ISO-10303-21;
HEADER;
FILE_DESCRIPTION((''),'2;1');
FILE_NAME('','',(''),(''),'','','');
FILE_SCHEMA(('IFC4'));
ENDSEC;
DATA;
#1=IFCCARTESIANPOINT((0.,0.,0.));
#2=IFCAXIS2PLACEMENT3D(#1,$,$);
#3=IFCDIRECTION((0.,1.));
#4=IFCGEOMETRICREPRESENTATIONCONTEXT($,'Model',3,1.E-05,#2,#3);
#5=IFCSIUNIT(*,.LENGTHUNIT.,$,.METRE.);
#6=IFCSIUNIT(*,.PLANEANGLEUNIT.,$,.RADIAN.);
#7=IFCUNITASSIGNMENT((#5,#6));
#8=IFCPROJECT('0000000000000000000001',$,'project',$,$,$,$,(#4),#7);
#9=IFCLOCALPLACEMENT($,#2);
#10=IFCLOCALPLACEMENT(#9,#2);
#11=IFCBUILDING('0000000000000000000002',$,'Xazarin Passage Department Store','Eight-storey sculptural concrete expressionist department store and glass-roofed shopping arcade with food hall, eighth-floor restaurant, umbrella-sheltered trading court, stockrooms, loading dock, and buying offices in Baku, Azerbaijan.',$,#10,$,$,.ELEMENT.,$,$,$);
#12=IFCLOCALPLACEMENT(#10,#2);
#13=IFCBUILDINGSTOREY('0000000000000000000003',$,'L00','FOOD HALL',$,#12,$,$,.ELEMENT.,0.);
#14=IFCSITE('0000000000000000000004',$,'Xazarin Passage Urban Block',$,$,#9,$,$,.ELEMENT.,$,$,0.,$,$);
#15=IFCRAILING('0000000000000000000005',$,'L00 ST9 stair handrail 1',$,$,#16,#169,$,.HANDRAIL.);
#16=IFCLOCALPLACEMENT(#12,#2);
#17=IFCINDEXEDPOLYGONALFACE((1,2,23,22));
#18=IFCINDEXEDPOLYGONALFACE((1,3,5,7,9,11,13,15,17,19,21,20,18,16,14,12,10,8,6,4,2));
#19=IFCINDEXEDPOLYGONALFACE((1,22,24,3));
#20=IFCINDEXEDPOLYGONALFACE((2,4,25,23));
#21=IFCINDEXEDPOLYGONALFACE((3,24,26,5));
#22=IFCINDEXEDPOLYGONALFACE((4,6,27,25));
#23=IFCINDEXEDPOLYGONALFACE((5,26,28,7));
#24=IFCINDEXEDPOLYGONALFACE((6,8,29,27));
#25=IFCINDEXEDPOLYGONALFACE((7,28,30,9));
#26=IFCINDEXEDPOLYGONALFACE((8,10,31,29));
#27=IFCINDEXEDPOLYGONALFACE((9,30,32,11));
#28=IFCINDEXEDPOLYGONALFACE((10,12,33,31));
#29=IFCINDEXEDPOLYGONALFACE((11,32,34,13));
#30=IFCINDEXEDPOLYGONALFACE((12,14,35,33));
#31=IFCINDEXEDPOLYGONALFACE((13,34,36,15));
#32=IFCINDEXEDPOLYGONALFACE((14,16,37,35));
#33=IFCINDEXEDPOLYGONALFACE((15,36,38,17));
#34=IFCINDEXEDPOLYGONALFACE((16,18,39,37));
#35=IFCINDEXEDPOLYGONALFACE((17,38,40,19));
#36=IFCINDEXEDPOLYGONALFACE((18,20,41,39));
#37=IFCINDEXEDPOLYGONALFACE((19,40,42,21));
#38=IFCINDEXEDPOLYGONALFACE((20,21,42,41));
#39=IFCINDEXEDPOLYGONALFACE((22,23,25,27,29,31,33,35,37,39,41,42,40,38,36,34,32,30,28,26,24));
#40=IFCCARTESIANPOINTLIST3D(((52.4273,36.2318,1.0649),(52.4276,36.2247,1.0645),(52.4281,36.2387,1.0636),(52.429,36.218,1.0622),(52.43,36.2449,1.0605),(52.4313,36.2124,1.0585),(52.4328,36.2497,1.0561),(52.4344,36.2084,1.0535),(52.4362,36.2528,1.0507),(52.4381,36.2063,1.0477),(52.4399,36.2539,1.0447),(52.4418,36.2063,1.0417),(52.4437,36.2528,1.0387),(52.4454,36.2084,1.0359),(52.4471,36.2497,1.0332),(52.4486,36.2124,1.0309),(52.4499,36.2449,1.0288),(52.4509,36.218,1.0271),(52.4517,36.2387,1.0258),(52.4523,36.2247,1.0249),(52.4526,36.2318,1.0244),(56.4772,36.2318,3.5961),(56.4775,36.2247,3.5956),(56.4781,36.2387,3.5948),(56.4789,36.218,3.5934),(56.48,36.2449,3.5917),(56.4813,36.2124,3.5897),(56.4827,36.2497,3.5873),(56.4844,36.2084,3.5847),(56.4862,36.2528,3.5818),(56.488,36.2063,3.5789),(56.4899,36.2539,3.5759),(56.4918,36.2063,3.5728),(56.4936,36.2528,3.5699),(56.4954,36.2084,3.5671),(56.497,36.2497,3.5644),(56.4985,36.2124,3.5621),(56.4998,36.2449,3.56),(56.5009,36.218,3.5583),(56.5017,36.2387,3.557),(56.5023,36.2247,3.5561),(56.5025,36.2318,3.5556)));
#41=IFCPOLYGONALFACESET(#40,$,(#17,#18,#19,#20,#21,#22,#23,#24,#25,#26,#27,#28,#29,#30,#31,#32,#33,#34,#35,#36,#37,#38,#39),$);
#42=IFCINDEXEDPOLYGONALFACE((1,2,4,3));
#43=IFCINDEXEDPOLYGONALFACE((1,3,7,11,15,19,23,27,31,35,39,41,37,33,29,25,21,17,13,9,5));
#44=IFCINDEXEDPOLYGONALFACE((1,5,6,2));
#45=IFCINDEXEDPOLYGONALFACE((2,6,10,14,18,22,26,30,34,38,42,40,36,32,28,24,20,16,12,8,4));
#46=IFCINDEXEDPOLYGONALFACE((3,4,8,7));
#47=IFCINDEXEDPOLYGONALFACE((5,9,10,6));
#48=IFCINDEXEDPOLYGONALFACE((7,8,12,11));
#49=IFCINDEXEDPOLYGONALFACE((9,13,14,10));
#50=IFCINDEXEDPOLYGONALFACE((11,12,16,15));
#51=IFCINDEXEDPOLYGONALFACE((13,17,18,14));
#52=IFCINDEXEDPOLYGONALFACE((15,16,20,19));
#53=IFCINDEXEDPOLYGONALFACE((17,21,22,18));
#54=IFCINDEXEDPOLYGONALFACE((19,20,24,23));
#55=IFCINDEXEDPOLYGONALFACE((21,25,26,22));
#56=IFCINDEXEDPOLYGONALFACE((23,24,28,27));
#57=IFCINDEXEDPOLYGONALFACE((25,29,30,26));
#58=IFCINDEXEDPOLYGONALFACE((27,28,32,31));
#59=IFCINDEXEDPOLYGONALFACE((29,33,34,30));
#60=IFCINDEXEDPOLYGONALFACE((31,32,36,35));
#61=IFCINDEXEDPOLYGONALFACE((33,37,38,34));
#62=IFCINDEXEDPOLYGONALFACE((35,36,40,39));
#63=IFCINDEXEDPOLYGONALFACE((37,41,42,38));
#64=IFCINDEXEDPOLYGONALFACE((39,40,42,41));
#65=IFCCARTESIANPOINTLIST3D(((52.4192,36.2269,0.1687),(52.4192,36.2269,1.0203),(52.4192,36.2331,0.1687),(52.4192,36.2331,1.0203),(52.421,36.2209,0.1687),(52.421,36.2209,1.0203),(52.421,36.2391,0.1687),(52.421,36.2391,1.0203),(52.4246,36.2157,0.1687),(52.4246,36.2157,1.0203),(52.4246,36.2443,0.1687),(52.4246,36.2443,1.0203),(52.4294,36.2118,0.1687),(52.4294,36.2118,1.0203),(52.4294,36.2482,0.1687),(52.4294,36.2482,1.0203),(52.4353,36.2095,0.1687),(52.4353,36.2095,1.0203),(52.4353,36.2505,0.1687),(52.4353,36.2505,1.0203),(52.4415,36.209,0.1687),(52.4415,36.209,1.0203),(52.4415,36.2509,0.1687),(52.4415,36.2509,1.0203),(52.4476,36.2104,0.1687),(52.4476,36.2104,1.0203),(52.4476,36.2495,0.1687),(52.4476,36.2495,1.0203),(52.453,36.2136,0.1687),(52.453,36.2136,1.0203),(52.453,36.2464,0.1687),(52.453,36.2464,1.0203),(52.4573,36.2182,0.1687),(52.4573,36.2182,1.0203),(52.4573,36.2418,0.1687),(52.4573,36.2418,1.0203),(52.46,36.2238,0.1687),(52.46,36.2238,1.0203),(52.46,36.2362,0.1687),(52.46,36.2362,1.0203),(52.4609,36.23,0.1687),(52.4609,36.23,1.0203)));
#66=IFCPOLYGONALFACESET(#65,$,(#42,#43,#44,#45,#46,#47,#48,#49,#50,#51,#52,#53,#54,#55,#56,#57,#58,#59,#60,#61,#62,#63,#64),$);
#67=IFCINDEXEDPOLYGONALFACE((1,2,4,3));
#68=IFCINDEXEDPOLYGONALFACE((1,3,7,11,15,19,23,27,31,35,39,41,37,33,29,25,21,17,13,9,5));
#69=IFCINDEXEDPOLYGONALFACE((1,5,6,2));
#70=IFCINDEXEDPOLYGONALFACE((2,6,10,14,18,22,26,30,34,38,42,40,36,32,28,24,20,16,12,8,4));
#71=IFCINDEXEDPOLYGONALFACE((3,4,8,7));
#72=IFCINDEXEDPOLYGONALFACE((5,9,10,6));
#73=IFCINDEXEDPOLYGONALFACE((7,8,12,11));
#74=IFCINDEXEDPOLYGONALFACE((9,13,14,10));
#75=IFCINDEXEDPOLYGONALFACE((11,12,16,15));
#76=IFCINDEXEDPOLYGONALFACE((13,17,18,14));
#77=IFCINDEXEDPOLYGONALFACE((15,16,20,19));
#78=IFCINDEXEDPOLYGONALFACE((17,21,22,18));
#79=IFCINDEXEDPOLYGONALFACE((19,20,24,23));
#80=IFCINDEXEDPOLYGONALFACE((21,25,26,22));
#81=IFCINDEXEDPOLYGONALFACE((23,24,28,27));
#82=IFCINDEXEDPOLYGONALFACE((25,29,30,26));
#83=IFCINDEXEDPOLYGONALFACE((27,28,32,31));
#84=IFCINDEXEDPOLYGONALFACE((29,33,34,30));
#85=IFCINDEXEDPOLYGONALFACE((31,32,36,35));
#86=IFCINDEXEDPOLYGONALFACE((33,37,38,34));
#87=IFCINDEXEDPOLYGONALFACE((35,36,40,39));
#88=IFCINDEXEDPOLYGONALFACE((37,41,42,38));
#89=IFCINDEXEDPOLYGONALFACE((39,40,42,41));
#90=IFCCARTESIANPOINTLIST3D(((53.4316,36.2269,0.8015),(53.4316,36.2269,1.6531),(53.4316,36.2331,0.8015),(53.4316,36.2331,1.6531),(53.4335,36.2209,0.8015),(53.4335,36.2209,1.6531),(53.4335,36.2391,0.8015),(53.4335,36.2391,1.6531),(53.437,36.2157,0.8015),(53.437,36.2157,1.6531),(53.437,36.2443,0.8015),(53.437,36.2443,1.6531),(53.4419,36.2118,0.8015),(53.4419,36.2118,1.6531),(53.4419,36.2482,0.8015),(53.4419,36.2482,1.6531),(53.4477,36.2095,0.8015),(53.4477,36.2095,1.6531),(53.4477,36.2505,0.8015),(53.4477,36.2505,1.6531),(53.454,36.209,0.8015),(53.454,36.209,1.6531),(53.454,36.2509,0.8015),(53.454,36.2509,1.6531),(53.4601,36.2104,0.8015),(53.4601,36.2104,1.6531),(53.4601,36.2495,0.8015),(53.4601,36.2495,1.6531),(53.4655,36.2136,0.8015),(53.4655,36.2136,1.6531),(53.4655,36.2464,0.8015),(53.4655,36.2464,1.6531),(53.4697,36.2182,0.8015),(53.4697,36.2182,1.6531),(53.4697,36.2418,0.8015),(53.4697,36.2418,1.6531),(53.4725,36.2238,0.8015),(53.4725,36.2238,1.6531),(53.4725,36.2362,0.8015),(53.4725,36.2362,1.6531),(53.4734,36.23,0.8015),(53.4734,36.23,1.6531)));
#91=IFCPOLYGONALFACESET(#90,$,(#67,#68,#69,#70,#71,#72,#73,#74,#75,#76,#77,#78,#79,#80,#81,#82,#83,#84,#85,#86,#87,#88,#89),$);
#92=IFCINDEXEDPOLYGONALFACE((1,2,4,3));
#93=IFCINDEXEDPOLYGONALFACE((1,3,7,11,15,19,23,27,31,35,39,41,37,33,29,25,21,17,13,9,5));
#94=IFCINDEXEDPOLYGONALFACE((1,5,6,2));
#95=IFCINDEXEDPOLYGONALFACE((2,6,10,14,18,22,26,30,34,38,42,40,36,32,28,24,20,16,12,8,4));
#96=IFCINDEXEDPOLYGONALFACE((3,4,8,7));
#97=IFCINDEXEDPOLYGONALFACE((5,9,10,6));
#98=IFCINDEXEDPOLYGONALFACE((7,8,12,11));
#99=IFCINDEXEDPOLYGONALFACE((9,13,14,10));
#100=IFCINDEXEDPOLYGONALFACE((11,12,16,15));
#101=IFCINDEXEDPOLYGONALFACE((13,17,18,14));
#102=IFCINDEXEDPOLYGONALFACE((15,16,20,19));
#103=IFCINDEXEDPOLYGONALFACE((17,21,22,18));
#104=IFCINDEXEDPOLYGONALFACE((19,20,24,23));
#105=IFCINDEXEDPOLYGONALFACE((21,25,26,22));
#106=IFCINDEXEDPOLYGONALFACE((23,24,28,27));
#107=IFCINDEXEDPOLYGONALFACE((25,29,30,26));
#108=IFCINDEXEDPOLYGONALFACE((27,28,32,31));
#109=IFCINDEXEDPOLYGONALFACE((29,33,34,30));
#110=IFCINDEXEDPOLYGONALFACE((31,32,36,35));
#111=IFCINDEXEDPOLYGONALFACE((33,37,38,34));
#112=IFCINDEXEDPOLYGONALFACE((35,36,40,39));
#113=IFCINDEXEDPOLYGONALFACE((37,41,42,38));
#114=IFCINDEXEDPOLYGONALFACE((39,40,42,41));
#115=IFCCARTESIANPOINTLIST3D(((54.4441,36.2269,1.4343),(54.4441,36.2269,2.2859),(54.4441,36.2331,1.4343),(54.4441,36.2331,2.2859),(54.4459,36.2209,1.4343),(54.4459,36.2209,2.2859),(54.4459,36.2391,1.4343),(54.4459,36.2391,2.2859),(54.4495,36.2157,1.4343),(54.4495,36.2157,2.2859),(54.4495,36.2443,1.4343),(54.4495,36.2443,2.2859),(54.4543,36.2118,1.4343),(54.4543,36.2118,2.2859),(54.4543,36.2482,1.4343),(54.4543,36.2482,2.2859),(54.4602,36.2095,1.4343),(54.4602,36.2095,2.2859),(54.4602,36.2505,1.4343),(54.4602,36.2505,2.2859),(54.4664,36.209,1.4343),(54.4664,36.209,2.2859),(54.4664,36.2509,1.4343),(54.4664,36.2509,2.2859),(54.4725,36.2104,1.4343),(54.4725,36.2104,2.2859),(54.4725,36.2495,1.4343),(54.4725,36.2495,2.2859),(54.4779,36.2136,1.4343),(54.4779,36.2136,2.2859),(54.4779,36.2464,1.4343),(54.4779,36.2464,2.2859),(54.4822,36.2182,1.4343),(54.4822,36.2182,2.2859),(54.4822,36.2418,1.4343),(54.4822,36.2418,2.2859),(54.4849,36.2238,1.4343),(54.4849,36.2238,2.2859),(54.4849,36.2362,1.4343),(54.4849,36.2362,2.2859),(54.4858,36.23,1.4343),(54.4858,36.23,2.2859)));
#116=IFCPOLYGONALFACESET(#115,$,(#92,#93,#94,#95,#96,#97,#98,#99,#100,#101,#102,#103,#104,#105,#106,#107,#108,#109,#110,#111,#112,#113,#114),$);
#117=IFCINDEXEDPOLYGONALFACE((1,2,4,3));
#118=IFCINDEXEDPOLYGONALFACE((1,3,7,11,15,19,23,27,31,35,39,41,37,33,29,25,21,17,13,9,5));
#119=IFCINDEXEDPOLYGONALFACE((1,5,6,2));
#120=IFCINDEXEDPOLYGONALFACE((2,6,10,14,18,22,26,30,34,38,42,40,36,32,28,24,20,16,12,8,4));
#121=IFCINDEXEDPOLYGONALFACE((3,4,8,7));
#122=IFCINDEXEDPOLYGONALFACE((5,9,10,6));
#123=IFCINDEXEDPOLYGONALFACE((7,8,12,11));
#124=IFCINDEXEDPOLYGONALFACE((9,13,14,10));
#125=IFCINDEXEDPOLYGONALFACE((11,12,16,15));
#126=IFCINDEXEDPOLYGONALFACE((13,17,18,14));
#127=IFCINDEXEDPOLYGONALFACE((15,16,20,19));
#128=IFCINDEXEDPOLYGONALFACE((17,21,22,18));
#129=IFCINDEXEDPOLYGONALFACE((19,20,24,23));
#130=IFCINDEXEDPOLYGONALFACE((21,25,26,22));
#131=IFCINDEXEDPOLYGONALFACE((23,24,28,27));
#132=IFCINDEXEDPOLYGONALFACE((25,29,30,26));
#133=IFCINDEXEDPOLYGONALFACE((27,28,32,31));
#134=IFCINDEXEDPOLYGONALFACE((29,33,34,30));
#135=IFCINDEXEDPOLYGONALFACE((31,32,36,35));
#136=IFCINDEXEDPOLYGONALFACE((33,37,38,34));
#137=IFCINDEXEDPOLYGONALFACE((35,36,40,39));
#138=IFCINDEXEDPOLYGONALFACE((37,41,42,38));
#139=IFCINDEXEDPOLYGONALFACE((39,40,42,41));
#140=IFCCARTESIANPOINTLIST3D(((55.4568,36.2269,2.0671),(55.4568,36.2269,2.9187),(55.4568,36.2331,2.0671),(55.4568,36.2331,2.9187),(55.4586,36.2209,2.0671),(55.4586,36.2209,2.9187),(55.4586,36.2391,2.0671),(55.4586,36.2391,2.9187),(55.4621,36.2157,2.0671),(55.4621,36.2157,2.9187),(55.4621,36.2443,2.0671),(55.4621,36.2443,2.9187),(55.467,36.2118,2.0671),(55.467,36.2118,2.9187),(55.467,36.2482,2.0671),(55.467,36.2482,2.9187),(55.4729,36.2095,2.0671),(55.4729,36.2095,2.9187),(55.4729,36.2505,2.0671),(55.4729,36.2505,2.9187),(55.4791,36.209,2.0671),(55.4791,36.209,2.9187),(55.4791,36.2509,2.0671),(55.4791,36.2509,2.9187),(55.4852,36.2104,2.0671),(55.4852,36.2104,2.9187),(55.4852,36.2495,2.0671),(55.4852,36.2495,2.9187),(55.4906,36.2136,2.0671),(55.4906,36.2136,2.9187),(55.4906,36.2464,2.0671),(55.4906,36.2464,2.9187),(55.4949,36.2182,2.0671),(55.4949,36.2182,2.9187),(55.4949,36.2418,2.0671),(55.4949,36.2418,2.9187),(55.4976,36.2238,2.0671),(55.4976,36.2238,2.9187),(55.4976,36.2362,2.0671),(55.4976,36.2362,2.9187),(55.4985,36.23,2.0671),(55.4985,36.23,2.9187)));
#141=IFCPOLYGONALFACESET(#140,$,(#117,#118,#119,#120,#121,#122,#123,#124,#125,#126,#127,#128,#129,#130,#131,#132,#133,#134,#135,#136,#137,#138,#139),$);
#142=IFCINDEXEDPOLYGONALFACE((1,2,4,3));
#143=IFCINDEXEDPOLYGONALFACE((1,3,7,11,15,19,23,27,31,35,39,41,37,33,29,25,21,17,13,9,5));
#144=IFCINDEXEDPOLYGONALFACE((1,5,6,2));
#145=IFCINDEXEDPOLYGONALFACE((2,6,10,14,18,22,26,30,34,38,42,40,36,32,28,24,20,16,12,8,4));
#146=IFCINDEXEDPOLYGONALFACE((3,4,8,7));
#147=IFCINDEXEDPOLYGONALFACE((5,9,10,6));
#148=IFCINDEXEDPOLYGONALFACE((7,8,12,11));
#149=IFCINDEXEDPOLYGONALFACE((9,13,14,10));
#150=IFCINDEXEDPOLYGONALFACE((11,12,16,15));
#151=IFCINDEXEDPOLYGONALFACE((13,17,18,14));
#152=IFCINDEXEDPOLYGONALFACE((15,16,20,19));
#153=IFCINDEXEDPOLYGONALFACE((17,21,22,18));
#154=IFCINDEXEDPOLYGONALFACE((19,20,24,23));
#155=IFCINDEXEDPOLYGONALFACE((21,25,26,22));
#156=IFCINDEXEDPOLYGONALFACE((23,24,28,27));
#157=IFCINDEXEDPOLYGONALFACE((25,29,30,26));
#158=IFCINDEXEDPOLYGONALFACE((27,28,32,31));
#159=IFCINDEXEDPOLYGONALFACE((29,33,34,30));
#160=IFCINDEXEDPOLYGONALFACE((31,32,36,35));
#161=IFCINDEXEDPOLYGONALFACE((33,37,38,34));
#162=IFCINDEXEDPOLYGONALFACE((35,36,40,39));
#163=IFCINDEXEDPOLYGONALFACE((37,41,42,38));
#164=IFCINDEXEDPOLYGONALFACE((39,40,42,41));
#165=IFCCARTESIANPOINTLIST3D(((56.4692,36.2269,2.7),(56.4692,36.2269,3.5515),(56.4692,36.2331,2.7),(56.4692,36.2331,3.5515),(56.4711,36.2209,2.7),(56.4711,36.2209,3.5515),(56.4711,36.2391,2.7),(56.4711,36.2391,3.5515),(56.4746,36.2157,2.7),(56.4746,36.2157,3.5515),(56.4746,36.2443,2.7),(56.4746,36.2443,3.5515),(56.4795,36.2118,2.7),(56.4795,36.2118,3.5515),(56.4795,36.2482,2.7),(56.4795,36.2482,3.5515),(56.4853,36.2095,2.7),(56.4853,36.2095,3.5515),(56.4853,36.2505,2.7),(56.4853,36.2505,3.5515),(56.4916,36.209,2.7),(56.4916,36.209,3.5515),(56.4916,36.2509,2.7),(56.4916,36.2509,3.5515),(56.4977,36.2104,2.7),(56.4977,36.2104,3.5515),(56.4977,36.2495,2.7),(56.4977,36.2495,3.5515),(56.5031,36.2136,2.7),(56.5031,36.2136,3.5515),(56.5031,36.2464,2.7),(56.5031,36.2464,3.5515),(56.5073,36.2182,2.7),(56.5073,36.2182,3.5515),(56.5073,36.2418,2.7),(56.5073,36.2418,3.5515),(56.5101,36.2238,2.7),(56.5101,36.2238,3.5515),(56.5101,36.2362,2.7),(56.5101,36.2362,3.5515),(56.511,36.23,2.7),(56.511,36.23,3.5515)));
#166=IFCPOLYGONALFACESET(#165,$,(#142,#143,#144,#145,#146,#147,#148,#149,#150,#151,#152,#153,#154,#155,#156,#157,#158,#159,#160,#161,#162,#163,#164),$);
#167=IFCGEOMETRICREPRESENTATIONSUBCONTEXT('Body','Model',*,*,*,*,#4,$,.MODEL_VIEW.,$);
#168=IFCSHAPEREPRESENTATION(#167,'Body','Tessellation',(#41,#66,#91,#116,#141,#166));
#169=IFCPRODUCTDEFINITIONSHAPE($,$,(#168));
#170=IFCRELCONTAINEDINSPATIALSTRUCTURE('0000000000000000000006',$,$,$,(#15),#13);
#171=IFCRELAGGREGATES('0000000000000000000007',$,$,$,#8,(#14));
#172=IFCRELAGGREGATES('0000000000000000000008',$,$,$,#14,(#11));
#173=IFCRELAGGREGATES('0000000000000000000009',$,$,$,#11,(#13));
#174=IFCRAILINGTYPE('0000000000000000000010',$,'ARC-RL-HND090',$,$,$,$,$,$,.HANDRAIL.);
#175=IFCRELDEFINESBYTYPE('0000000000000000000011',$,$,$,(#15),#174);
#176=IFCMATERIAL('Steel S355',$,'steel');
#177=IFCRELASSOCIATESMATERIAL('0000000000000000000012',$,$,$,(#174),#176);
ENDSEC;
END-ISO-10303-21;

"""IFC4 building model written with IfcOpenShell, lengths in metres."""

from ifc_helpers import new_model, si_unit, direction, frame, origin, origin_2d, place, context, subcontext, project, spatial, circle, extrude, material, type_object, element, save


model = new_model("IFC4")

# Units and contexts
model_context = context("Model", 3, precision=1e-05, world=origin(), true_north=direction((0.0, 1.0)))
body_context = subcontext(model_context, "Body", "Model", "MODEL_VIEW")
ifc_project = project(units=[si_unit("LENGTHUNIT", "METRE"), si_unit("PLANEANGLEUNIT", "RADIAN")], contexts=[model_context])

# Site, building, storey
site_placement = place(None, origin())
site = spatial("IfcSite", under=ifc_project, at=site_placement, Name="Xazarin Passage Urban Block", CompositionType="ELEMENT", RefElevation=0.0)
building_placement = place(site_placement, origin())
building = spatial("IfcBuilding", under=site, at=building_placement, Name="Xazarin Passage Department Store", Description="Eight-storey sculptural concrete expressionist department store and glass-roofed shopping arcade with food hall, eighth-floor restaurant, umbrella-sheltered trading court, stockrooms, loading dock, and buying offices in Baku, Azerbaijan.", CompositionType="ELEMENT")
storey_placement = place(building_placement, origin())
storey = spatial("IfcBuildingStorey", under=building, at=storey_placement, Name="L00", Description="FOOD HALL", CompositionType="ELEMENT", Elevation=0.0)

# Shared definitions
ifc_material_1 = material(Name="Steel S355", Category="steel")

# Railing
railing_type_1 = type_object("IfcRailingType", Name="ARC-RL-HND090", PredefinedType="HANDRAIL", material=ifc_material_1)
railing_1_placement = place(storey_placement, frame((52.4399, 36.23, 0.1687)))
element("IfcRailing", 1, at=railing_1_placement, inside=storey, type_object=railing_type_1, Name="L00 ST9 stair handrail 1", PredefinedType="HANDRAIL", context=body_context, shape_type="SweptSolid", body=[
    extrude(circle(Radius=0.0239, at=origin_2d()), frame((0.0, 0.0, 0.876), z_axis=(0.848001, 0.0, 0.529994), x_axis=(0.0, 1.0, 0.0)), (0.0, 0.0, 1.0), 4.7759),
    extrude(circle(Radius=0.021, at=origin_2d()), origin(), (0.0, 0.0, 1.0), 0.8516),
    extrude(circle(Radius=0.021, at=origin_2d()), frame((1.0125, 0.0, 0.6328)), (0.0, 0.0, 1.0), 0.8516),
    extrude(circle(Radius=0.021, at=origin_2d()), frame((2.0249, 0.0, 1.2656)), (0.0, 0.0, 1.0), 0.8516),
    extrude(circle(Radius=0.021, at=origin_2d()), frame((3.0376, 0.0, 1.8984)), (0.0, 0.0, 1.0), 0.8516),
    extrude(circle(Radius=0.021, at=origin_2d()), frame((4.05, 0.0, 2.5312)), (0.0, 0.0, 1.0), 0.8516),
])

save(model, "model.ifc")
